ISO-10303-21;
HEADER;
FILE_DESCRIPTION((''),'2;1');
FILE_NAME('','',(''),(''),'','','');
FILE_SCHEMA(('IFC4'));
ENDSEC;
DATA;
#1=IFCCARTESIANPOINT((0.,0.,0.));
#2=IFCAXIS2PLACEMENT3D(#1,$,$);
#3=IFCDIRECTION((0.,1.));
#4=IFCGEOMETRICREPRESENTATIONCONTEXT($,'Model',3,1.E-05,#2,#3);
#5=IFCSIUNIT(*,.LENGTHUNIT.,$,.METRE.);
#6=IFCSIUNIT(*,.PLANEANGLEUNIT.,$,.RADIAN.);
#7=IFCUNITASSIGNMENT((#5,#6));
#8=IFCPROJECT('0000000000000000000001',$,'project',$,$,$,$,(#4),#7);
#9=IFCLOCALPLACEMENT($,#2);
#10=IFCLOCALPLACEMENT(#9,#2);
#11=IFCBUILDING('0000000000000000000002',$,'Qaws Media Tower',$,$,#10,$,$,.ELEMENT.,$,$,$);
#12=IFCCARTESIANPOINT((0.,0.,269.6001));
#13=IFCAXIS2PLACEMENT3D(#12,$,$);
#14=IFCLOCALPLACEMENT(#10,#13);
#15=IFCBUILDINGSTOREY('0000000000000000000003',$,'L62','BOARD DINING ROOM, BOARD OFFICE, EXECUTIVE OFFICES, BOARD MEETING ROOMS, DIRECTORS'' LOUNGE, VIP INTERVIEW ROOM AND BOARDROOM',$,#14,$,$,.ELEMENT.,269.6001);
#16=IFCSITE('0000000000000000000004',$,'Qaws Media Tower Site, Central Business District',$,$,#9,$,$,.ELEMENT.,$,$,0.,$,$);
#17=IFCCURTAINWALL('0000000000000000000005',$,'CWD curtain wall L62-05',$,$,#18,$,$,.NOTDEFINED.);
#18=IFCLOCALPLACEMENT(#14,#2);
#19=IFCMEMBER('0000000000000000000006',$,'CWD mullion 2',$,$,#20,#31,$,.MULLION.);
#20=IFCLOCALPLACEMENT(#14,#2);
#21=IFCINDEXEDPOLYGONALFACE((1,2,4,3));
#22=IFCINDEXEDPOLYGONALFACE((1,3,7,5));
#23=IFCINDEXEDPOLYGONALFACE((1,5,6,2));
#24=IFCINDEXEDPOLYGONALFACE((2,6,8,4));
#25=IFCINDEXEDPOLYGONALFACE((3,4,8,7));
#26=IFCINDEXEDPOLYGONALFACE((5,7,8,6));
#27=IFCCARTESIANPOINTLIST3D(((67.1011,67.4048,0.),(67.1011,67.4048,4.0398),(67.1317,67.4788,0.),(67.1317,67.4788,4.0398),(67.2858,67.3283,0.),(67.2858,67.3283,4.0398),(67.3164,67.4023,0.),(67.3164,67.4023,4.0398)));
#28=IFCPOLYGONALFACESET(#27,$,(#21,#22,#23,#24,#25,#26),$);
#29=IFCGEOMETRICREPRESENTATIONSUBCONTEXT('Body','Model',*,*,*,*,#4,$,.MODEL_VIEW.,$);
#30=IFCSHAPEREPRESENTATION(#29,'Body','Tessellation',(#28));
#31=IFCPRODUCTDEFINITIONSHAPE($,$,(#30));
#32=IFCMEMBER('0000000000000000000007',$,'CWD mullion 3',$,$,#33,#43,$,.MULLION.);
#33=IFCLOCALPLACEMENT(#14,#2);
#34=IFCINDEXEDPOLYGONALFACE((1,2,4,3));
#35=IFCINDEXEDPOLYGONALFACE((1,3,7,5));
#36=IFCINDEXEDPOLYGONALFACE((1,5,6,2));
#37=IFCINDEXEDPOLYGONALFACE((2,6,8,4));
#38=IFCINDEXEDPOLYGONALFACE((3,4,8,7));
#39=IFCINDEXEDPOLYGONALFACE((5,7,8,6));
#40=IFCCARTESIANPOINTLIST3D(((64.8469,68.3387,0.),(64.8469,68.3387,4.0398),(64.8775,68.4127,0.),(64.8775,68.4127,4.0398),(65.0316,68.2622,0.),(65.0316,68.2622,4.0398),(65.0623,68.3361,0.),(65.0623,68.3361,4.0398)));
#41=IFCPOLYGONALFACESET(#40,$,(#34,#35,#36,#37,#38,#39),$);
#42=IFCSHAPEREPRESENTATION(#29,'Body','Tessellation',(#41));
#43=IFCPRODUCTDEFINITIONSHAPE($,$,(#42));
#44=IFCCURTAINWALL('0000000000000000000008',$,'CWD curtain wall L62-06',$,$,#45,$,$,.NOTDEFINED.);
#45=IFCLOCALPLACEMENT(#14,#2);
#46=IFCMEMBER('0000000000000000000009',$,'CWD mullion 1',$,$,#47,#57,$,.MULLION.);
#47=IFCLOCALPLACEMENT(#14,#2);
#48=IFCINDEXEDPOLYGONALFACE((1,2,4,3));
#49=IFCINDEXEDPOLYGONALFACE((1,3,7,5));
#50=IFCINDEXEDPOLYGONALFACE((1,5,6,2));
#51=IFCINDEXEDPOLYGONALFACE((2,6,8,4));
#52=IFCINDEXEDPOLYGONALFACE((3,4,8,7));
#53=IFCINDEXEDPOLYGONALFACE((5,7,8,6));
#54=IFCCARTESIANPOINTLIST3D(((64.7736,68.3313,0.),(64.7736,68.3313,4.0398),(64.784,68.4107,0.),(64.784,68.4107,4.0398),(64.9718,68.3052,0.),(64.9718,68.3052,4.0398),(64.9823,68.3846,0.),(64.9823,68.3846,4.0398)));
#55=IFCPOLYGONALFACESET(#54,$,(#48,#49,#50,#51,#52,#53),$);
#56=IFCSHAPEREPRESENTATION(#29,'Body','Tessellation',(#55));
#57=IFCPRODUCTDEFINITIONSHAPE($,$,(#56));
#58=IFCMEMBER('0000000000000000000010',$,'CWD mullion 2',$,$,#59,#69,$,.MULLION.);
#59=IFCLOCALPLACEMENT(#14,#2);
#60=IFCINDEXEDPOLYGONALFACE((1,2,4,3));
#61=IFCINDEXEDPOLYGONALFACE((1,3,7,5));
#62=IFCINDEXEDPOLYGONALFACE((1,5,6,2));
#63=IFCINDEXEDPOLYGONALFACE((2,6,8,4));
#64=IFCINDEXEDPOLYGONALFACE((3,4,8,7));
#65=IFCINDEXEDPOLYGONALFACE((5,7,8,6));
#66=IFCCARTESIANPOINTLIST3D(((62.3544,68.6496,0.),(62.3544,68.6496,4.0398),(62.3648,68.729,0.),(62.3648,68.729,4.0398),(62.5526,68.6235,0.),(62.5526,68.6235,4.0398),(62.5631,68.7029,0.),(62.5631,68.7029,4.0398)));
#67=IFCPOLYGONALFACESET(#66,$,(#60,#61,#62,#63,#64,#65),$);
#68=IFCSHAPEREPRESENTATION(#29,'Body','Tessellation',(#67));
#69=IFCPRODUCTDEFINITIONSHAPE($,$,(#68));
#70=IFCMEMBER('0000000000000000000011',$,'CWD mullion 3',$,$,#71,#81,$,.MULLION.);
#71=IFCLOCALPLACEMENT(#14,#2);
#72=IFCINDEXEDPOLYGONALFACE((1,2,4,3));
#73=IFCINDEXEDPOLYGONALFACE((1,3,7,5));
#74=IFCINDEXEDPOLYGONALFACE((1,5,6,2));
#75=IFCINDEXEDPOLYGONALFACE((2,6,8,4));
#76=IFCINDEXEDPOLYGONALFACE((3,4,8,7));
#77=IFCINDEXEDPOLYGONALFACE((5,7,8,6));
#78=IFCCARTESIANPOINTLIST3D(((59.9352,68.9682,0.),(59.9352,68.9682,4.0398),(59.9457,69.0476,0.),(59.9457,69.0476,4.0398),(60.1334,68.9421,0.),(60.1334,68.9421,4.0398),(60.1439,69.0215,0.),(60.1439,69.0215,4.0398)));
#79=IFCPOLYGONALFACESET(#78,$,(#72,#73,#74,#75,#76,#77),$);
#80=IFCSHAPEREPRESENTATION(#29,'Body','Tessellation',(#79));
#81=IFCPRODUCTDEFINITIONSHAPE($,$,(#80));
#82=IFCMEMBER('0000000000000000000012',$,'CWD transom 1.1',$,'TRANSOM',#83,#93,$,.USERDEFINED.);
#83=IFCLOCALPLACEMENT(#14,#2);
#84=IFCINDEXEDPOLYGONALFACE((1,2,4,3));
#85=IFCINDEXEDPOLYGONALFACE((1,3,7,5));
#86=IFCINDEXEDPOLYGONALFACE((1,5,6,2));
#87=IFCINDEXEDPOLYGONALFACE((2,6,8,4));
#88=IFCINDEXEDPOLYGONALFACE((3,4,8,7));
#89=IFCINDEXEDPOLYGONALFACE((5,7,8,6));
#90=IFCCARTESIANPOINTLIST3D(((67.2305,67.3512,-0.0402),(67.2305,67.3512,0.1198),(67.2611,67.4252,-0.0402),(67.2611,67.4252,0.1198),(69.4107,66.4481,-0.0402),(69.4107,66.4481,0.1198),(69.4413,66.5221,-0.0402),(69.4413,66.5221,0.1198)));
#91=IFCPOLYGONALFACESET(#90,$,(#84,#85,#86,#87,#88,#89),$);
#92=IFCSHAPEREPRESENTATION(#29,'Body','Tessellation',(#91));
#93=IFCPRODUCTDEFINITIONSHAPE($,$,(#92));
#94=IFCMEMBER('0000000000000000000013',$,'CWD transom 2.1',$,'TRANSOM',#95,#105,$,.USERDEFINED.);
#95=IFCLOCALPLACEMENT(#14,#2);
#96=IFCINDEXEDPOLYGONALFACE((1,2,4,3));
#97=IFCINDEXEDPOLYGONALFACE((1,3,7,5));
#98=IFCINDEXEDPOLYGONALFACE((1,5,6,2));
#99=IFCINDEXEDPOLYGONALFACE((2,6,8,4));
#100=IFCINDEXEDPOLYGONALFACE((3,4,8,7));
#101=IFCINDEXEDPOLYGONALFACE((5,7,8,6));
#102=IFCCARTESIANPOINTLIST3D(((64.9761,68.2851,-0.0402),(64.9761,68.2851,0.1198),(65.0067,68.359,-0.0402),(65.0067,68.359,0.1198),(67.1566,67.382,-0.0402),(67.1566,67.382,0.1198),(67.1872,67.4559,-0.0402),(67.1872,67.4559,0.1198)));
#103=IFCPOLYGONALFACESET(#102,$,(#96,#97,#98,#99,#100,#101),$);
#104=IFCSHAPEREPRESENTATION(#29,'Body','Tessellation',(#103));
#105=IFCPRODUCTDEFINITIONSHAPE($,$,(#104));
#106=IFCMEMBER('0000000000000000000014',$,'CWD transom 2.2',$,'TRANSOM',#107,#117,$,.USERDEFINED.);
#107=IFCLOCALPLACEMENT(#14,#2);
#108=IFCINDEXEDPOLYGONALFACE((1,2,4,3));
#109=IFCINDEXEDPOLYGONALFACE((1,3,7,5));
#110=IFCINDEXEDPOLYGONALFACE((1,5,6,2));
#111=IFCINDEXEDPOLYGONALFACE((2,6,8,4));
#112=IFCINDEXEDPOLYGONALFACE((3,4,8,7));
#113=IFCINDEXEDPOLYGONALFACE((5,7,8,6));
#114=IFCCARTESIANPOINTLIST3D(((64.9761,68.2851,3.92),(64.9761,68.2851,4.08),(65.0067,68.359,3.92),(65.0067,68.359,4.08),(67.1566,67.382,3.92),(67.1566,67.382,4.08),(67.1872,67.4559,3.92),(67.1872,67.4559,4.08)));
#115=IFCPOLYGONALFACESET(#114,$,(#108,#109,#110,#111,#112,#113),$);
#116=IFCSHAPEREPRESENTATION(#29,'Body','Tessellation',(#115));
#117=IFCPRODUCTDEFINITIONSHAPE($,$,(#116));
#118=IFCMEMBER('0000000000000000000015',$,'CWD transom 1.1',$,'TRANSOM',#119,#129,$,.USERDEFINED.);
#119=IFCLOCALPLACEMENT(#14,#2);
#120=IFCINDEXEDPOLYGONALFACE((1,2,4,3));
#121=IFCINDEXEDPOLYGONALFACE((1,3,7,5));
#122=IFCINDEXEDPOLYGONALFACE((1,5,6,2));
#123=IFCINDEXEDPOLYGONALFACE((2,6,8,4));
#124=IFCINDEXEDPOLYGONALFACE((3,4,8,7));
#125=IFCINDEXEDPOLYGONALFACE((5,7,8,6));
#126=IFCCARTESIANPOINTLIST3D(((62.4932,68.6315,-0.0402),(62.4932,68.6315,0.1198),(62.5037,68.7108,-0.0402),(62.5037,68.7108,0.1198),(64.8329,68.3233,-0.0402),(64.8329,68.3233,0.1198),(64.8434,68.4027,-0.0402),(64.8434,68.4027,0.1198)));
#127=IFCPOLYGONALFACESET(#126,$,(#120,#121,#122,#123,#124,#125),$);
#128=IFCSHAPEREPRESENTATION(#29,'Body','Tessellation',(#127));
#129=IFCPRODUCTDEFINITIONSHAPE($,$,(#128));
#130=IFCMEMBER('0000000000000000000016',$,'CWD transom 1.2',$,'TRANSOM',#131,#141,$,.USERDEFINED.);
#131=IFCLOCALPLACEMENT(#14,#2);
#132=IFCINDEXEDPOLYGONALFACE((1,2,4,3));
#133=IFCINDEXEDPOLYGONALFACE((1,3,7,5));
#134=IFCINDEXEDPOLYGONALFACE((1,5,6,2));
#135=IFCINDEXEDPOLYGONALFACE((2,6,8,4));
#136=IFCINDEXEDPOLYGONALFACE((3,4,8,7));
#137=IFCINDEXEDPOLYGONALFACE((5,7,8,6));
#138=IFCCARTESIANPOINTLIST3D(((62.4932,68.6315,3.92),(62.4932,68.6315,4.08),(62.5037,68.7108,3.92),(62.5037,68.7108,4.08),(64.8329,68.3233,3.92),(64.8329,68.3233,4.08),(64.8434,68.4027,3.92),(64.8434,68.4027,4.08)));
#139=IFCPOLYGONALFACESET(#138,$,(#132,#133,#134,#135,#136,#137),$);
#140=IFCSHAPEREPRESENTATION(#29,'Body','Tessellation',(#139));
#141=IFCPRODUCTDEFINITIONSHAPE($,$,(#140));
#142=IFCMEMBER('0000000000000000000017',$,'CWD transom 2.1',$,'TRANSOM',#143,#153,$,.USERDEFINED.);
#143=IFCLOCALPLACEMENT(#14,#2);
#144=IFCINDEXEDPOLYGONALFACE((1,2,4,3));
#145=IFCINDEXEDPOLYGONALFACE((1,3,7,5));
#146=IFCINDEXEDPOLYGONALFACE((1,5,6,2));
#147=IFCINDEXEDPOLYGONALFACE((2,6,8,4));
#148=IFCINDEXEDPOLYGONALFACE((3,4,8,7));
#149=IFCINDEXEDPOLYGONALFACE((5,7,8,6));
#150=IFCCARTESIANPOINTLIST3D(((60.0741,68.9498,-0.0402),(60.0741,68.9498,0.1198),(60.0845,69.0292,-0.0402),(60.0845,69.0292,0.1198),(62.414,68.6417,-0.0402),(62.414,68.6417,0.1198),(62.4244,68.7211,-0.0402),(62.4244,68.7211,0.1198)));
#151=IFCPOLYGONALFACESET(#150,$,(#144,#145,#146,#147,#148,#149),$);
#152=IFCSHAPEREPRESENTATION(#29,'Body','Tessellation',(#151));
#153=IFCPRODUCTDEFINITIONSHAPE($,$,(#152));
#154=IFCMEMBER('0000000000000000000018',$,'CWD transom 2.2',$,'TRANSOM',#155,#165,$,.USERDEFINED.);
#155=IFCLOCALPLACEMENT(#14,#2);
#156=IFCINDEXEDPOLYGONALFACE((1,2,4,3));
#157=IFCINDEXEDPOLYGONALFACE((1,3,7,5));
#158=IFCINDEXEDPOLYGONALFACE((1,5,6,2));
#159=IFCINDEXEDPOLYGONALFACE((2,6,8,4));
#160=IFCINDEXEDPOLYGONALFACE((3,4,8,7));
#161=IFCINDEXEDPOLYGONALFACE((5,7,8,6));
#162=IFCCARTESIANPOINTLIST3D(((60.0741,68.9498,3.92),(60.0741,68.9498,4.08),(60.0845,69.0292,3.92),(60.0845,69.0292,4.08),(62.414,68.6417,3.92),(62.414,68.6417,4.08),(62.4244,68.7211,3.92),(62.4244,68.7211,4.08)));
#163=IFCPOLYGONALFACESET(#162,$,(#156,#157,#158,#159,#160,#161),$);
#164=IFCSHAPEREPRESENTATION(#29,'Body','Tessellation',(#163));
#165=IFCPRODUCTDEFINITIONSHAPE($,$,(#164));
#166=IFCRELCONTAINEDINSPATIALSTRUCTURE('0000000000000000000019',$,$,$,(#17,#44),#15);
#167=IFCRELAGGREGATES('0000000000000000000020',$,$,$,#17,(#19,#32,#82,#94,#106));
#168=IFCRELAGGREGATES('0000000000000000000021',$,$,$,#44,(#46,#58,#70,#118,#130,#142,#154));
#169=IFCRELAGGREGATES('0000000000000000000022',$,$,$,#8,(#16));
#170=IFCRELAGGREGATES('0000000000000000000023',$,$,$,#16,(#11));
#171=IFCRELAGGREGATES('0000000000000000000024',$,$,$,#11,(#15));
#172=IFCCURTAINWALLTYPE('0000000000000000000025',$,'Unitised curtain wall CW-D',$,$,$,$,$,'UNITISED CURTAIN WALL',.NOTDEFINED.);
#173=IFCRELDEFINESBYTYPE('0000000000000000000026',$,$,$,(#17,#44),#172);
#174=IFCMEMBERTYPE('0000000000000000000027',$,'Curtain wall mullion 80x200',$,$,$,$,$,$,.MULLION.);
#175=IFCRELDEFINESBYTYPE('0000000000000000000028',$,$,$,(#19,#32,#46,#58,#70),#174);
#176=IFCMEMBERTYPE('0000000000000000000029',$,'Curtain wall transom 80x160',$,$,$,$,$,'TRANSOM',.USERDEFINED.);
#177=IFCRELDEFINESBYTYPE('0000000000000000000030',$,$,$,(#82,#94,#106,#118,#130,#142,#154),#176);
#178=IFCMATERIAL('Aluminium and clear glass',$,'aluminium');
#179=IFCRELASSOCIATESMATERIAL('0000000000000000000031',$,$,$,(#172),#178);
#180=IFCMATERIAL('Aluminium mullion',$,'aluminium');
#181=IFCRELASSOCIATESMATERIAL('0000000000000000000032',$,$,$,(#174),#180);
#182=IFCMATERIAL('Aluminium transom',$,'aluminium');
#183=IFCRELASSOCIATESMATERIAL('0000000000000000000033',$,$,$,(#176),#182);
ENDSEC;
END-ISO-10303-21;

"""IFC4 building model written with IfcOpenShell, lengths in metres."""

from ifc_helpers import new_model, si_unit, direction, frame, origin, origin_2d, place, context, subcontext, project, spatial, rectangle, extrude, material, material_profile, profile_set, type_object, element, aggregate, save


model = new_model("IFC4")

# Units and contexts
model_context = context("Model", 3, precision=1e-05, world=origin(), true_north=direction((0.0, 1.0)))
body_context = subcontext(model_context, "Body", "Model", "MODEL_VIEW")
ifc_project = project(units=[si_unit("LENGTHUNIT", "METRE"), si_unit("PLANEANGLEUNIT", "RADIAN")], contexts=[model_context])

# Site, building, storey
site_placement = place(None, origin())
site = spatial("IfcSite", under=ifc_project, at=site_placement, Name="Qaws Media Tower Site, Central Business District", CompositionType="ELEMENT", RefElevation=0.0)
building_placement = place(site_placement, origin())
building = spatial("IfcBuilding", under=site, at=building_placement, Name="Qaws Media Tower", CompositionType="ELEMENT")
storey_placement = place(building_placement, frame((0.0, 0.0, 269.6001)))
storey = spatial("IfcBuildingStorey", under=building, at=storey_placement, Name="L62", Description="BOARD DINING ROOM, BOARD OFFICE, EXECUTIVE OFFICES, BOARD MEETING ROOMS, DIRECTORS' LOUNGE, VIP INTERVIEW ROOM AND BOARDROOM", CompositionType="ELEMENT", Elevation=269.6001)

# Curtain walls, members
ifc_material_1 = material(Name="Aluminium and clear glass", Category="aluminium")
curtain_wall_type = type_object("IfcCurtainWallType", Name="Unitised curtain wall CW-D", ElementType="UNITISED CURTAIN WALL", PredefinedType="NOTDEFINED", material=ifc_material_1)
curtain_wall_1_placement = place(storey_placement, origin())
curtain_wall_1 = element("IfcCurtainWall", 1, at=curtain_wall_1_placement, inside=storey, type_object=curtain_wall_type, Name="CWD curtain wall L62-05", PredefinedType="NOTDEFINED")
ifc_material_2 = material(Name="Aluminium mullion", Category="aluminium")
ifc_material_profile_1 = material_profile(ifc_material_2, rectangle(XDim=0.0801, YDim=0.2, at=origin_2d()), Name="80x200")
ifc_profile_set_1 = profile_set([ifc_material_profile_1], Name="Aluminium mullion")
member_type_1 = type_object("IfcMemberType", Name="Curtain wall mullion 80x200", PredefinedType="MULLION", material=ifc_profile_set_1)
member_1_placement = place(storey_placement, frame((67.2087, 67.4036, 0.0), z_axis=(0.0, 0.0, 1.0), x_axis=(-0.382683, -0.92388, 0.0)))
member_1 = element("IfcMember", 2, at=member_1_placement, type_object=member_type_1, Name="CWD mullion 2", PredefinedType="MULLION", context=body_context, shape_type="SweptSolid", body=[
    extrude(rectangle(XDim=0.0801, YDim=0.2, at=origin_2d()), origin(), (0.0, 0.0, 1.0), 4.0398),
])
member_2_placement = place(storey_placement, frame((64.9546, 68.3374, 0.0), z_axis=(0.0, 0.0, 1.0), x_axis=(-0.382683, -0.92388, 0.0)))
member_2 = element("IfcMember", 3, at=member_2_placement, type_object=member_type_1, Name="CWD mullion 3", PredefinedType="MULLION", context=body_context, shape_type="SweptSolid", body=[
    extrude(rectangle(XDim=0.0801, YDim=0.2, at=origin_2d()), origin(), (0.0, 0.0, 1.0), 4.0398),
])
curtain_wall_2_placement = place(storey_placement, origin())
curtain_wall_2 = element("IfcCurtainWall", 4, at=curtain_wall_2_placement, inside=storey, type_object=curtain_wall_type, Name="CWD curtain wall L62-06", PredefinedType="NOTDEFINED")
member_3_placement = place(storey_placement, frame((64.8779, 68.3579, 0.0), z_axis=(0.0, 0.0, 1.0), x_axis=(-0.130526, -0.991445, 0.0)))
member_3 = element("IfcMember", 5, at=member_3_placement, type_object=member_type_1, Name="CWD mullion 1", PredefinedType="MULLION", context=body_context, shape_type="SweptSolid", body=[
    extrude(rectangle(XDim=0.0801, YDim=0.2, at=origin_2d()), origin(), (0.0, 0.0, 1.0), 4.0398),
])
member_4_placement = place(storey_placement, frame((62.4587, 68.6763, 0.0), z_axis=(0.0, 0.0, 1.0), x_axis=(-0.130526, -0.991445, 0.0)))
member_4 = element("IfcMember", 6, at=member_4_placement, type_object=member_type_1, Name="CWD mullion 2", PredefinedType="MULLION", context=body_context, shape_type="SweptSolid", body=[
    extrude(rectangle(XDim=0.0801, YDim=0.2, at=origin_2d()), origin(), (0.0, 0.0, 1.0), 4.0398),
])
member_5_placement = place(storey_placement, frame((60.0396, 68.9949, 0.0), z_axis=(0.0, 0.0, 1.0), x_axis=(-0.130526, -0.991445, 0.0)))
member_5 = element("IfcMember", 7, at=member_5_placement, type_object=member_type_1, Name="CWD mullion 3", PredefinedType="MULLION", context=body_context, shape_type="SweptSolid", body=[
    extrude(rectangle(XDim=0.0801, YDim=0.2, at=origin_2d()), origin(), (0.0, 0.0, 1.0), 4.0398),
])

# Members
ifc_material_3 = material(Name="Aluminium transom", Category="aluminium")
ifc_material_profile_2 = material_profile(ifc_material_3, rectangle(XDim=0.0801, YDim=0.1599, at=origin_2d()), Name="80x160")
ifc_profile_set_2 = profile_set([ifc_material_profile_2], Name="Aluminium transom")
member_type_2 = type_object("IfcMemberType", Name="Curtain wall transom 80x160", ElementType="TRANSOM", PredefinedType="USERDEFINED", material=ifc_profile_set_2)
member_6_placement = place(storey_placement, frame((69.426, 66.4851, 0.0398), z_axis=(-0.923877, 0.38269, 0.0), x_axis=(-0.38269, -0.923877, 0.0)))
member_6 = element("IfcMember", 8, at=member_6_placement, type_object=member_type_2, Name="CWD transom 1.1", ObjectType="TRANSOM", PredefinedType="USERDEFINED", context=body_context, shape_type="SweptSolid", body=[
    extrude(rectangle(XDim=0.0801, YDim=0.1599, at=origin_2d()), origin(), (0.0, 0.0, 1.0), 2.3599),
])
member_7_placement = place(storey_placement, frame((67.1719, 67.4189, 0.0398), z_axis=(-0.923892, 0.382653, 0.0), x_axis=(-0.382653, -0.923892, 0.0)))
member_7 = element("IfcMember", 9, at=member_7_placement, type_object=member_type_2, Name="CWD transom 2.1", ObjectType="TRANSOM", PredefinedType="USERDEFINED", context=body_context, shape_type="SweptSolid", body=[
    extrude(rectangle(XDim=0.0801, YDim=0.1599, at=origin_2d()), origin(), (0.0, 0.0, 1.0), 2.3601),
])
member_8_placement = place(storey_placement, frame((67.1719, 67.4189, 4.0), z_axis=(-0.923892, 0.382653, 0.0), x_axis=(-0.382653, -0.923892, 0.0)))
member_8 = element("IfcMember", 10, at=member_8_placement, type_object=member_type_2, Name="CWD transom 2.2", ObjectType="TRANSOM", PredefinedType="USERDEFINED", context=body_context, shape_type="SweptSolid", body=[
    extrude(rectangle(XDim=0.0801, YDim=0.1599, at=origin_2d()), origin(), (0.0, 0.0, 1.0), 2.3601),
])
member_9_placement = place(storey_placement, frame((64.8381, 68.363, 0.0398), z_axis=(-0.99144, 0.130564, 0.0), x_axis=(-0.130564, -0.99144, 0.0)))
member_9 = element("IfcMember", 11, at=member_9_placement, type_object=member_type_2, Name="CWD transom 1.1", ObjectType="TRANSOM", PredefinedType="USERDEFINED", context=body_context, shape_type="SweptSolid", body=[
    extrude(rectangle(XDim=0.0801, YDim=0.1599, at=origin_2d()), origin(), (0.0, 0.0, 1.0), 2.3599),
])
member_10_placement = place(storey_placement, frame((64.8381, 68.363, 4.0), z_axis=(-0.99144, 0.130564, 0.0), x_axis=(-0.130564, -0.99144, 0.0)))
member_10 = element("IfcMember", 12, at=member_10_placement, type_object=member_type_2, Name="CWD transom 1.2", ObjectType="TRANSOM", PredefinedType="USERDEFINED", context=body_context, shape_type="SweptSolid", body=[
    extrude(rectangle(XDim=0.0801, YDim=0.1599, at=origin_2d()), origin(), (0.0, 0.0, 1.0), 2.3599),
])
member_11_placement = place(storey_placement, frame((62.4192, 68.6814, 0.0398), z_axis=(-0.991442, 0.130551, 0.0), x_axis=(-0.130551, -0.991442, 0.0)))
member_11 = element("IfcMember", 13, at=member_11_placement, type_object=member_type_2, Name="CWD transom 2.1", ObjectType="TRANSOM", PredefinedType="USERDEFINED", context=body_context, shape_type="SweptSolid", body=[
    extrude(rectangle(XDim=0.0801, YDim=0.1599, at=origin_2d()), origin(), (0.0, 0.0, 1.0), 2.3601),
])
member_12_placement = place(storey_placement, frame((62.4192, 68.6814, 4.0), z_axis=(-0.991442, 0.130551, 0.0), x_axis=(-0.130551, -0.991442, 0.0)))
member_12 = element("IfcMember", 14, at=member_12_placement, type_object=member_type_2, Name="CWD transom 2.2", ObjectType="TRANSOM", PredefinedType="USERDEFINED", context=body_context, shape_type="SweptSolid", body=[
    extrude(rectangle(XDim=0.0801, YDim=0.1599, at=origin_2d()), origin(), (0.0, 0.0, 1.0), 2.3601),
])

aggregate(curtain_wall_1, [member_1, member_2, member_6, member_7, member_8])
aggregate(curtain_wall_2, [member_3, member_4, member_5, member_9, member_10, member_11, member_12])

save(model, "model.ifc")
